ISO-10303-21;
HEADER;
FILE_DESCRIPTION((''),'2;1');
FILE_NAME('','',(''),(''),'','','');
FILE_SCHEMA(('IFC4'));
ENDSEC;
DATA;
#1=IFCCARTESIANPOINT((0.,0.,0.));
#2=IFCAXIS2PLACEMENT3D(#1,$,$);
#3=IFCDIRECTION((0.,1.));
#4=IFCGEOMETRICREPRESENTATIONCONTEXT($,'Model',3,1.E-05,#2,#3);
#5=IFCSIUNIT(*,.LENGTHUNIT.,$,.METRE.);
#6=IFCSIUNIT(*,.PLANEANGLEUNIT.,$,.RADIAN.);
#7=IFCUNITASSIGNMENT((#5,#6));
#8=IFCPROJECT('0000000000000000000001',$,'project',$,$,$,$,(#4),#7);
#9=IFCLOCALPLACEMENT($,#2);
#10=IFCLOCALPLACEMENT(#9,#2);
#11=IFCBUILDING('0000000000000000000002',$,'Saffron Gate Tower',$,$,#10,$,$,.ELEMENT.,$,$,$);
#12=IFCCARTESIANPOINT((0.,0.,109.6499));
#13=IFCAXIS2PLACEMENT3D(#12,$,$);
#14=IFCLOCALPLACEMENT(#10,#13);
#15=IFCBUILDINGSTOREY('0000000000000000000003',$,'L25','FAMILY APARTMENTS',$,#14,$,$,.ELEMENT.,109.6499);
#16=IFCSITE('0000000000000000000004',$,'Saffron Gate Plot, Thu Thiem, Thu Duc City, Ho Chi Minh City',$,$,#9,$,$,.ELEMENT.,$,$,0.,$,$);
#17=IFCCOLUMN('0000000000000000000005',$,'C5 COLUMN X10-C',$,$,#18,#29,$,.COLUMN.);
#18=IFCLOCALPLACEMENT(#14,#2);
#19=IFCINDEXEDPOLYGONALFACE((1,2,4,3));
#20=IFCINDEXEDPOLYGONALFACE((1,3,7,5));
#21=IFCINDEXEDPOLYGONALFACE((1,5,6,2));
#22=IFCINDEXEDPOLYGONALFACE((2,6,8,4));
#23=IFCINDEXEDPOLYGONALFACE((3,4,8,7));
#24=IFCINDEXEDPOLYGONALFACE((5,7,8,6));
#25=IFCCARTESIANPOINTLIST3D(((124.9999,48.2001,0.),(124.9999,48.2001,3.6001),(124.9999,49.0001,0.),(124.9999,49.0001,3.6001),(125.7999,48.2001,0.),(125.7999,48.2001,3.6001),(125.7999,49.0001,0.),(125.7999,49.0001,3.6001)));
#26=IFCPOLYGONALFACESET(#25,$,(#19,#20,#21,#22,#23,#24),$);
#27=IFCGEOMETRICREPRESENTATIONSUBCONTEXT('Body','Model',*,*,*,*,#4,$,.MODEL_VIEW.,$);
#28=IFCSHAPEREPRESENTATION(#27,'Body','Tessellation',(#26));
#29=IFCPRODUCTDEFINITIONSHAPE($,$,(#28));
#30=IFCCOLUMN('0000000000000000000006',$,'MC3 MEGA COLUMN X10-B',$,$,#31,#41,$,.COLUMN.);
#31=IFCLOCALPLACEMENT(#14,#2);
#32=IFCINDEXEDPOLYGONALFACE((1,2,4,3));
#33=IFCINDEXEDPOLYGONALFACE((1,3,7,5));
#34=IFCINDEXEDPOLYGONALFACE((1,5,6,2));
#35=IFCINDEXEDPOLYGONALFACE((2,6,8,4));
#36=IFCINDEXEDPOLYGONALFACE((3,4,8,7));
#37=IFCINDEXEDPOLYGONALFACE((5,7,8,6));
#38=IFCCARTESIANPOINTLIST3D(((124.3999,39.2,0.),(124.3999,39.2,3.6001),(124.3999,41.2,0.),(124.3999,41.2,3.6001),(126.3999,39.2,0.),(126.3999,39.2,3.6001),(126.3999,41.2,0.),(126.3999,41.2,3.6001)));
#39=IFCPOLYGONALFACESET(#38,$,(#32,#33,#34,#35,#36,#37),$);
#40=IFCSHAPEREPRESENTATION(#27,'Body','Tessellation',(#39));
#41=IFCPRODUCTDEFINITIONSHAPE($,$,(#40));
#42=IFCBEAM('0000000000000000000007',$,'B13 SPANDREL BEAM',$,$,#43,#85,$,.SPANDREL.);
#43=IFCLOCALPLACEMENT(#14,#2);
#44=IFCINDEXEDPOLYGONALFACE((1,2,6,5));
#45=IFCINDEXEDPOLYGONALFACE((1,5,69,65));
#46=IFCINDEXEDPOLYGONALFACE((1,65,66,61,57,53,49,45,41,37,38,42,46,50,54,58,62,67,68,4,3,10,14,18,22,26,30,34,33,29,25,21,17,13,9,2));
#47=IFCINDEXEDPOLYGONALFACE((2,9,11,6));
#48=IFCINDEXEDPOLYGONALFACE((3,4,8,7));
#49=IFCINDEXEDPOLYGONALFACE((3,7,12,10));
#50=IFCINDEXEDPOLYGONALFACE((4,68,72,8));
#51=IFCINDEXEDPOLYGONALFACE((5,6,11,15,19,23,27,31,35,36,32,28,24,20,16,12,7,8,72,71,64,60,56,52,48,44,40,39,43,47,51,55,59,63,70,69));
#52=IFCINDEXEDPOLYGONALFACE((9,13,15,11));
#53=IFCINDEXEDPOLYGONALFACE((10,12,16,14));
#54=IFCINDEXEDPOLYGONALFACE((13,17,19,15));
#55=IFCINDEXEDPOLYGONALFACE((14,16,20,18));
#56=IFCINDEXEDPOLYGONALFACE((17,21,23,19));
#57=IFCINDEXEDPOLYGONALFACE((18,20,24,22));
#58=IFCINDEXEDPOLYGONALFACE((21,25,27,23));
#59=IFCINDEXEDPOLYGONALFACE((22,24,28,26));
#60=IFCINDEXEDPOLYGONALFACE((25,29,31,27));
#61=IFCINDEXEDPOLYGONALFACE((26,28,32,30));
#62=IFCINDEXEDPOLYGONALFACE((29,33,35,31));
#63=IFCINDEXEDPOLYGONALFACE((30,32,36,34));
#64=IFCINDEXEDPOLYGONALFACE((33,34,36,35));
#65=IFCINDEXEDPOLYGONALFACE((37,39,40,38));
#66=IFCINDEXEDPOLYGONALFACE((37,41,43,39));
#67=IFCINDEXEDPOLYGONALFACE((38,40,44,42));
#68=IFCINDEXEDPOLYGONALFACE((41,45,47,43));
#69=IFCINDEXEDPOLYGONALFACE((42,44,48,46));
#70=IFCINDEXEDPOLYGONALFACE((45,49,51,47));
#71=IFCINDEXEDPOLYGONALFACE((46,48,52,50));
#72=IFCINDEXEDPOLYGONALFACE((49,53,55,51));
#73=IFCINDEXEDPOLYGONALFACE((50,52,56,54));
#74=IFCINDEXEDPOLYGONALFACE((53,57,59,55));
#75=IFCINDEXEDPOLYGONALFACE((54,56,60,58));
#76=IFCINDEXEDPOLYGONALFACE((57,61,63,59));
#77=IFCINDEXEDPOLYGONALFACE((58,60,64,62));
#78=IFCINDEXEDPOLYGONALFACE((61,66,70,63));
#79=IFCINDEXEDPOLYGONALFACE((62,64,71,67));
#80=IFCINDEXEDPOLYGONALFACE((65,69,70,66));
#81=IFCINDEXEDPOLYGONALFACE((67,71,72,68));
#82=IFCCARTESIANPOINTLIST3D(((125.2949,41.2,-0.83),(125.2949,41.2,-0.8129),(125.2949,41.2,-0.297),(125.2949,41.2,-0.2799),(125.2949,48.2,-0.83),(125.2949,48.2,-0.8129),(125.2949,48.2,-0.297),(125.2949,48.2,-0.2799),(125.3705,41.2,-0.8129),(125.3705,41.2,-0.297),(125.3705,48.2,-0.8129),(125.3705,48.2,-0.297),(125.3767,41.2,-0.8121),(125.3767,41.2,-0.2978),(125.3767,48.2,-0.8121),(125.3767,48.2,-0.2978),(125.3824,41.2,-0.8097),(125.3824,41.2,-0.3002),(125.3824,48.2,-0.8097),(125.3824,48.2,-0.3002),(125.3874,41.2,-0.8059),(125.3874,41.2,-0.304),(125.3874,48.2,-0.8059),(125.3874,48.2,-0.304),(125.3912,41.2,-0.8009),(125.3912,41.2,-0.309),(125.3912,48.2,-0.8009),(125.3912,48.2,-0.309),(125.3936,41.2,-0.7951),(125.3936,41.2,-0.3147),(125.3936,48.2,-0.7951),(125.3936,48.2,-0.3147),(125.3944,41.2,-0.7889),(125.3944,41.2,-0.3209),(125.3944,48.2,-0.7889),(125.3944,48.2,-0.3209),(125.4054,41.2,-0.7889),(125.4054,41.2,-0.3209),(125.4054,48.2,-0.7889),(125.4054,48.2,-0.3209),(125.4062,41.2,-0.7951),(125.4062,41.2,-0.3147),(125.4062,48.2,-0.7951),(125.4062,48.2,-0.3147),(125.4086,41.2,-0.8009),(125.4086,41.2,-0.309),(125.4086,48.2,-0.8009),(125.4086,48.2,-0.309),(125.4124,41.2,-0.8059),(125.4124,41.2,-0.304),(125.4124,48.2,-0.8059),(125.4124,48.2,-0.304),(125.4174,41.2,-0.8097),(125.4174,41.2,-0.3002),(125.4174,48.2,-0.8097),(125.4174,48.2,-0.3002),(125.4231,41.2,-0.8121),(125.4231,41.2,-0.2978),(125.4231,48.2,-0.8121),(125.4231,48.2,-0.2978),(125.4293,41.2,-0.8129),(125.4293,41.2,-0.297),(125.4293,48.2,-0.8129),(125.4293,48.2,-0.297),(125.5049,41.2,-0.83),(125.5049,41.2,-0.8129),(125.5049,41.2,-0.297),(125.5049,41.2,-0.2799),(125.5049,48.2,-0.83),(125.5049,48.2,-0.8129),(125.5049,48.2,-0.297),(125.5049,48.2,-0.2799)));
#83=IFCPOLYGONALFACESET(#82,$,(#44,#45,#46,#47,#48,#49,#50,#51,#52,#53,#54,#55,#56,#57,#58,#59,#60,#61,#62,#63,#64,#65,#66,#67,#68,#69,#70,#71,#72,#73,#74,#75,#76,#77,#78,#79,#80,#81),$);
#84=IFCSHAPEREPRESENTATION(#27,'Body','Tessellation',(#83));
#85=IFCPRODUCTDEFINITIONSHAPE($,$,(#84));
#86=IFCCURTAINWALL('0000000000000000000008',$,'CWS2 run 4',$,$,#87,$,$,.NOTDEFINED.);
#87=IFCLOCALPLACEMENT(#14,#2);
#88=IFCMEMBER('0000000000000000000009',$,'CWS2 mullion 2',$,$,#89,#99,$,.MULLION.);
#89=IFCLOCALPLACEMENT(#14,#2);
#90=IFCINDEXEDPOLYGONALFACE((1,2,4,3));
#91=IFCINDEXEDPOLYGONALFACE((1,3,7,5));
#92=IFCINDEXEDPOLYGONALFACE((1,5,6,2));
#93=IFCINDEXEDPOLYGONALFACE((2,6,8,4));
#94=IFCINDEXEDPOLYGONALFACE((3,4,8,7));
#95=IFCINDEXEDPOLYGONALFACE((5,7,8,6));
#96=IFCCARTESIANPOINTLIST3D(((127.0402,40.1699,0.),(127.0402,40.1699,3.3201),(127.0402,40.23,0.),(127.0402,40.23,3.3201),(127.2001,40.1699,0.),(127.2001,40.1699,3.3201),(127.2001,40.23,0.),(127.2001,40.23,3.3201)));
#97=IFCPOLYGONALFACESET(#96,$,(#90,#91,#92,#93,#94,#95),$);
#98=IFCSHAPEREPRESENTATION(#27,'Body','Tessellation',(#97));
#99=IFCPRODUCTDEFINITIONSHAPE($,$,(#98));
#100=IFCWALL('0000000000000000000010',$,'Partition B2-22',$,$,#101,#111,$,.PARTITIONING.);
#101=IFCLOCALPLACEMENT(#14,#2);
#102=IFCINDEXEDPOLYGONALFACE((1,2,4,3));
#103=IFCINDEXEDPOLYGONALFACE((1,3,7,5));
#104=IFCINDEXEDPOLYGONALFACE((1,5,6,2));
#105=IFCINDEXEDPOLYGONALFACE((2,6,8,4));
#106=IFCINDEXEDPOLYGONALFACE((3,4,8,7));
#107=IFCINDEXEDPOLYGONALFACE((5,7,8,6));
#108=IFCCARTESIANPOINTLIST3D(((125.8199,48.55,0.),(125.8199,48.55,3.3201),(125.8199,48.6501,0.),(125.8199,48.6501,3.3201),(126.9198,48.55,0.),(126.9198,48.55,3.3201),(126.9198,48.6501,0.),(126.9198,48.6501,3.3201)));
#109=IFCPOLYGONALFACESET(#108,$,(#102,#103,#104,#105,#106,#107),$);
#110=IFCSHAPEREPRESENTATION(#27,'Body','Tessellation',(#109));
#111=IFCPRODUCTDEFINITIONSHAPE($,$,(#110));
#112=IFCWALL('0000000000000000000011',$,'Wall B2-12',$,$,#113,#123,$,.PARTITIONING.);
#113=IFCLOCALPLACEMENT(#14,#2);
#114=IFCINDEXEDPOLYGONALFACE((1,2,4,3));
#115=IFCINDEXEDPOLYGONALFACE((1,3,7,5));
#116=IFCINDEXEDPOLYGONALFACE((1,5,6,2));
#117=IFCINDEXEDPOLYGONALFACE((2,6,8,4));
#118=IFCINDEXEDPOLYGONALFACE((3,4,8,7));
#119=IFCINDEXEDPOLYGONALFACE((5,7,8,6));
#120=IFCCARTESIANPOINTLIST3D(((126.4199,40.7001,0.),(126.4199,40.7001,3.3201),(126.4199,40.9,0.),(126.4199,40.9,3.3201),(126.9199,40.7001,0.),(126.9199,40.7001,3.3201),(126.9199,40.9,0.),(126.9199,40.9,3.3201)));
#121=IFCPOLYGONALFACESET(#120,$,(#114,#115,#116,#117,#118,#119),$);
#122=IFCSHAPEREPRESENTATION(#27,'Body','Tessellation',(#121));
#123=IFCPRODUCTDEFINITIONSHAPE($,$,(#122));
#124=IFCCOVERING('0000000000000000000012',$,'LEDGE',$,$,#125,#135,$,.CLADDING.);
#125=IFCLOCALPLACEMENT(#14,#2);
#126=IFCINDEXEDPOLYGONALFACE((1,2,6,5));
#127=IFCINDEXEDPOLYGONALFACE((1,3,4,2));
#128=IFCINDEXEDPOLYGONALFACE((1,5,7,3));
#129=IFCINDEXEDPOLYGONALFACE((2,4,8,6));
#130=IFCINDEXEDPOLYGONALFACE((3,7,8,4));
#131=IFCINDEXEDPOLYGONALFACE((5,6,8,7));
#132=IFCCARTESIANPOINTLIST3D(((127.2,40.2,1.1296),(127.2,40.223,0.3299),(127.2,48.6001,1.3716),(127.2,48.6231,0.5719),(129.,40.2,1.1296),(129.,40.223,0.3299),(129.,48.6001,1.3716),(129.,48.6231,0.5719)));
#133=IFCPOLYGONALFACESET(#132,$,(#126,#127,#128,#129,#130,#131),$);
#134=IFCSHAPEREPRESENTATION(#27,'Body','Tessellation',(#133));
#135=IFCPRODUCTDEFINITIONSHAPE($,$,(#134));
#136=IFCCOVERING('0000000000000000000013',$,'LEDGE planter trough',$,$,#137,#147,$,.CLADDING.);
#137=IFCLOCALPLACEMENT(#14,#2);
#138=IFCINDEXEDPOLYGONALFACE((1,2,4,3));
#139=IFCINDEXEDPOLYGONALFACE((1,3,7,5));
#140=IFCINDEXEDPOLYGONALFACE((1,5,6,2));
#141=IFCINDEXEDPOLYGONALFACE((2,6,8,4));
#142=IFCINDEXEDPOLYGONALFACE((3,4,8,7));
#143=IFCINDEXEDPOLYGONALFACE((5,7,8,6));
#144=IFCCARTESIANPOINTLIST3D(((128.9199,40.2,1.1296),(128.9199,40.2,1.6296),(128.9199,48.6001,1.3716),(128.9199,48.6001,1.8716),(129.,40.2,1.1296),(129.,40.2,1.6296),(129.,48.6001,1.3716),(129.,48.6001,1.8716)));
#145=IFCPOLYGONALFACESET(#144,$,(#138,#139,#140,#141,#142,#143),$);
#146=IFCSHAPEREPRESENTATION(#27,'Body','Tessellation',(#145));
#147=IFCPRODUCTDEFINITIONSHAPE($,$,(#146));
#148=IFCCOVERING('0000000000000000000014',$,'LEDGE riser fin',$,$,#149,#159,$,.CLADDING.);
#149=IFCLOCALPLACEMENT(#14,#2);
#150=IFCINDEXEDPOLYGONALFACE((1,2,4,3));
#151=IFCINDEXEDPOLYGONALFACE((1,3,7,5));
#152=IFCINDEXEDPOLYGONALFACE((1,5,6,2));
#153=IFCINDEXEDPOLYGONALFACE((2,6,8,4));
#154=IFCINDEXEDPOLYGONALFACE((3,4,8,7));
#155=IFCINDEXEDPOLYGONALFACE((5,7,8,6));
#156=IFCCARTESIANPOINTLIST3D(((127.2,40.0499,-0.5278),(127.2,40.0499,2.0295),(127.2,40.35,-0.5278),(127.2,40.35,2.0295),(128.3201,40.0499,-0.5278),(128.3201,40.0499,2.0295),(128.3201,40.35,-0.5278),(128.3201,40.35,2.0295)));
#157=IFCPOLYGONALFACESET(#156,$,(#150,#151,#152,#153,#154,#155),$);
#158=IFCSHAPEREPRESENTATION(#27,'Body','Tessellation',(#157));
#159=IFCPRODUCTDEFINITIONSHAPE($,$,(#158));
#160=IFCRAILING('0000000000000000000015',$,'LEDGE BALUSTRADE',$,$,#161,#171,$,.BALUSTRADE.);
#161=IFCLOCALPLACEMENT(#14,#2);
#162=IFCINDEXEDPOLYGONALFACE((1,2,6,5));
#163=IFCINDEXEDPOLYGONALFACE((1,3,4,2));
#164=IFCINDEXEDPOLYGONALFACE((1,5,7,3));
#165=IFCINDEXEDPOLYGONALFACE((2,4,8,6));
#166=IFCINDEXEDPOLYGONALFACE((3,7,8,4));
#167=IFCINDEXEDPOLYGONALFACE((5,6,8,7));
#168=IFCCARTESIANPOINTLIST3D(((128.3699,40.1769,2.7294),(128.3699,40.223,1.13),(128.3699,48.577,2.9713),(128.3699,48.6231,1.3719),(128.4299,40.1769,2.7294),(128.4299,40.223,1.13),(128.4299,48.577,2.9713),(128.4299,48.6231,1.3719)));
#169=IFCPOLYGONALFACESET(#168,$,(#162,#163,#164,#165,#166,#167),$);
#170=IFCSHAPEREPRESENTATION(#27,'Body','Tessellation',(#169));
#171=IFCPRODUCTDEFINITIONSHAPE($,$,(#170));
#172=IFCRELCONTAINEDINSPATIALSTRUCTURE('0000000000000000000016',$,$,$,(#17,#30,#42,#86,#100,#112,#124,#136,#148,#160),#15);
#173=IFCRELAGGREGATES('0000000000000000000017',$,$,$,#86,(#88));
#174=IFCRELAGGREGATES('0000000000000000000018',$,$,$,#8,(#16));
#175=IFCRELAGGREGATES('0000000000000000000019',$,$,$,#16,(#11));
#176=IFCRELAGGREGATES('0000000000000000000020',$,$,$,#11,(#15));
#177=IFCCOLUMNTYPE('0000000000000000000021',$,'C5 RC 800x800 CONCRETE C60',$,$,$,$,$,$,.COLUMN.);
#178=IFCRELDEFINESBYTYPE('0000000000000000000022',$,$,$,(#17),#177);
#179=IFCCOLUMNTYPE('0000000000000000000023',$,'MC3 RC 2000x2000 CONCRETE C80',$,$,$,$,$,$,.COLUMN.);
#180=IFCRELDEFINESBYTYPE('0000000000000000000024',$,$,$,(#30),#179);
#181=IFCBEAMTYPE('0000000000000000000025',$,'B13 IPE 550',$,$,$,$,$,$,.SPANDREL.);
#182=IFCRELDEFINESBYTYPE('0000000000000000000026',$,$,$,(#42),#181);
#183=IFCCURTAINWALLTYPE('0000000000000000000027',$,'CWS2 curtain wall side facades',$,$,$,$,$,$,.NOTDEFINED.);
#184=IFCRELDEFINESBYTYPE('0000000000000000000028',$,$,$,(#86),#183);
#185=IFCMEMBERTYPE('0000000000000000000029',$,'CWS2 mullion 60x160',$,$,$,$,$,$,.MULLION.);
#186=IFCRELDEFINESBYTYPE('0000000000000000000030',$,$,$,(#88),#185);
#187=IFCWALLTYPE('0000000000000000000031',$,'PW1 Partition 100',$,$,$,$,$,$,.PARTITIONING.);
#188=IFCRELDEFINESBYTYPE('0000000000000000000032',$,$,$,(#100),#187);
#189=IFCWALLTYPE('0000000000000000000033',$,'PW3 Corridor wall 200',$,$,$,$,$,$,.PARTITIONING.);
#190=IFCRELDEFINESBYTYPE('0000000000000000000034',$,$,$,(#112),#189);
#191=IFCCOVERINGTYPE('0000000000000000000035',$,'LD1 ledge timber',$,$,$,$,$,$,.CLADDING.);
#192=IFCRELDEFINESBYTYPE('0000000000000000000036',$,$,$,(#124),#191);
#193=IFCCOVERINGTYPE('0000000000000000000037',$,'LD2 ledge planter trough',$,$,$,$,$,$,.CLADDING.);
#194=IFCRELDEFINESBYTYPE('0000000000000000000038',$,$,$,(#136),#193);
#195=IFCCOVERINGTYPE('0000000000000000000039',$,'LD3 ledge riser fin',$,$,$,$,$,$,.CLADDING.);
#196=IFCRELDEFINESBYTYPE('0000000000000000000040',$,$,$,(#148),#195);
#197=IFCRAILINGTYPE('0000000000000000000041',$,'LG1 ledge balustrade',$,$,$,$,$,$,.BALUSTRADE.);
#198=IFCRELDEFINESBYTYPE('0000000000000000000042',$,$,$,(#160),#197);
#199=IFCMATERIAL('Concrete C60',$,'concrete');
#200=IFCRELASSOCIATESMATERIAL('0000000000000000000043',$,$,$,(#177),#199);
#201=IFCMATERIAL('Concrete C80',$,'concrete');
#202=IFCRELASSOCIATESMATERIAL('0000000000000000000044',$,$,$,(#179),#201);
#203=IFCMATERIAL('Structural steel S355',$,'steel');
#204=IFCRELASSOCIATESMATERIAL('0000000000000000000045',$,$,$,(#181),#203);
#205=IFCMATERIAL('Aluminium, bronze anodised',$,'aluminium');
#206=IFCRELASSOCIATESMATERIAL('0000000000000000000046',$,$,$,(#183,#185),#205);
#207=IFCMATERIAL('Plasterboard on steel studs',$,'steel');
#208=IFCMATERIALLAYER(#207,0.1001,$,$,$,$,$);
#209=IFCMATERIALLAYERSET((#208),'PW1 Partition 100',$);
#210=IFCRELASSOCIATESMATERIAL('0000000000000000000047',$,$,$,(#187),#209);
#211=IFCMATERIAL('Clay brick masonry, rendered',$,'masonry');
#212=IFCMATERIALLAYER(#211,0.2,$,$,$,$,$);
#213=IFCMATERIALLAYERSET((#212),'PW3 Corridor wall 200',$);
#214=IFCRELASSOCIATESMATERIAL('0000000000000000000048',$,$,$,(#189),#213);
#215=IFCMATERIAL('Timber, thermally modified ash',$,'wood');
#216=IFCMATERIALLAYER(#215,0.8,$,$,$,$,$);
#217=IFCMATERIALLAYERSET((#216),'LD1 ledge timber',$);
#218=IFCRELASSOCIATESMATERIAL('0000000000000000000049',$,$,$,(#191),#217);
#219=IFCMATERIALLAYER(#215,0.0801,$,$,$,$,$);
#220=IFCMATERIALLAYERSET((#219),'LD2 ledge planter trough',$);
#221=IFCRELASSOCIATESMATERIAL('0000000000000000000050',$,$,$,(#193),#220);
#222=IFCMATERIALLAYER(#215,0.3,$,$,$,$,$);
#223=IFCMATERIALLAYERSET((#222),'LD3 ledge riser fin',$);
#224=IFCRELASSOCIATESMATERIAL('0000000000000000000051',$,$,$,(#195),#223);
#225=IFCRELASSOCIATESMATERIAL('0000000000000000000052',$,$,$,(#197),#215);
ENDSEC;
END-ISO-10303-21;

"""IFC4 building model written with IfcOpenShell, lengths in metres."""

from ifc_helpers import new_model, si_unit, direction, frame, frame_2d, origin, origin_2d, place, context, subcontext, project, spatial, polyline, rectangle, i_section, outline, extrude, material, layer, layer_set, material_profile, profile_set, type_object, element, aggregate, save


model = new_model("IFC4")

# Units and contexts
model_context = context("Model", 3, precision=1e-05, world=origin(), true_north=direction((0.0, 1.0)))
body_context = subcontext(model_context, "Body", "Model", "MODEL_VIEW")
ifc_project = project(units=[si_unit("LENGTHUNIT", "METRE"), si_unit("PLANEANGLEUNIT", "RADIAN")], contexts=[model_context])

# Site, building, storey
site_placement = place(None, origin())
site = spatial("IfcSite", under=ifc_project, at=site_placement, Name="Saffron Gate Plot, Thu Thiem, Thu Duc City, Ho Chi Minh City", CompositionType="ELEMENT", RefElevation=0.0)
building_placement = place(site_placement, origin())
building = spatial("IfcBuilding", under=site, at=building_placement, Name="Saffron Gate Tower", CompositionType="ELEMENT")
storey_placement = place(building_placement, frame((0.0, 0.0, 109.6499)))
storey = spatial("IfcBuildingStorey", under=building, at=storey_placement, Name="L25", Description="FAMILY APARTMENTS", CompositionType="ELEMENT", Elevation=109.6499)

# Columns
ifc_material_1 = material(Name="Concrete C60", Category="concrete")
ifc_material_profile_1 = material_profile(ifc_material_1, rectangle(XDim=0.8, YDim=0.8, at=origin_2d()))
ifc_profile_set_1 = profile_set([ifc_material_profile_1], Name="Concrete C60")
column_type_1 = type_object("IfcColumnType", Name="C5 RC 800x800 CONCRETE C60", PredefinedType="COLUMN", material=ifc_profile_set_1)
column_1_placement = place(storey_placement, frame((125.3999, 48.6001, 0.0), z_axis=(0.0, 0.0, 1.0), x_axis=(1.0, 0.0, 0.0)))
element("IfcColumn", 1, at=column_1_placement, inside=storey, type_object=column_type_1, Name="C5 COLUMN X10-C", PredefinedType="COLUMN", context=body_context, shape_type="SweptSolid", body=[
    extrude(rectangle(XDim=0.8, YDim=0.8, at=origin_2d()), origin(), (0.0, 0.0, 1.0), 3.6001),
])
ifc_material_2 = material(Name="Concrete C80", Category="concrete")
ifc_material_profile_2 = material_profile(ifc_material_2, rectangle(XDim=2.0, YDim=2.0, at=origin_2d()))
ifc_profile_set_2 = profile_set([ifc_material_profile_2], Name="Concrete C80")
column_type_2 = type_object("IfcColumnType", Name="MC3 RC 2000x2000 CONCRETE C80", PredefinedType="COLUMN", material=ifc_profile_set_2)
column_2_placement = place(storey_placement, frame((125.3999, 40.2, 0.0), z_axis=(0.0, 0.0, 1.0), x_axis=(1.0, 0.0, 0.0)))
element("IfcColumn", 2, at=column_2_placement, inside=storey, type_object=column_type_2, Name="MC3 MEGA COLUMN X10-B", PredefinedType="COLUMN", context=body_context, shape_type="SweptSolid", body=[
    extrude(rectangle(XDim=2.0, YDim=2.0, at=origin_2d()), origin(), (0.0, 0.0, 1.0), 3.6001),
])

# Beam
ifc_material_3 = material(Name="Structural steel S355", Category="steel")
ifc_material_profile_3 = material_profile(ifc_material_3, i_section(OverallWidth=0.21, OverallDepth=0.55, WebThickness=0.011, FlangeThickness=0.0171, FilletRadius=0.0239, at=origin_2d()))
ifc_profile_set_3 = profile_set([ifc_material_profile_3], Name="Structural steel S355")
beam_type = type_object("IfcBeamType", Name="B13 IPE 550", PredefinedType="SPANDREL", material=ifc_profile_set_3)
beam_placement = place(storey_placement, frame((125.3999, 41.2, -0.5549), z_axis=(0.0, 1.0, 0.0), x_axis=(-1.0, 0.0, 0.0)))
element("IfcBeam", 3, at=beam_placement, inside=storey, type_object=beam_type, Name="B13 SPANDREL BEAM", PredefinedType="SPANDREL", context=body_context, shape_type="SweptSolid", body=[
    extrude(i_section(OverallWidth=0.21, OverallDepth=0.55, WebThickness=0.011, FlangeThickness=0.0171, FilletRadius=0.0239, at=origin_2d()), origin(), (0.0, 0.0, 1.0), 7.0),
])

# Curtain wall, member
ifc_material_4 = material(Name="Aluminium, bronze anodised", Category="aluminium")
curtain_wall_type = type_object("IfcCurtainWallType", Name="CWS2 curtain wall side facades", PredefinedType="NOTDEFINED", material=ifc_material_4)
curtain_wall_placement = place(storey_placement, origin())
curtain_wall = element("IfcCurtainWall", 4, at=curtain_wall_placement, inside=storey, type_object=curtain_wall_type, Name="CWS2 run 4", PredefinedType="NOTDEFINED")
ifc_material_profile_4 = material_profile(ifc_material_4, rectangle(XDim=0.1599, YDim=0.0601, at=origin_2d()))
ifc_profile_set_4 = profile_set([ifc_material_profile_4], Name="Aluminium, bronze anodised")
member_type = type_object("IfcMemberType", Name="CWS2 mullion 60x160", PredefinedType="MULLION", material=ifc_profile_set_4)
member_placement = place(storey_placement, frame((127.1201, 40.2, 0.0), z_axis=(0.0, 0.0, 1.0), x_axis=(-1.0, 0.0, 0.0)))
member = element("IfcMember", 5, at=member_placement, type_object=member_type, Name="CWS2 mullion 2", PredefinedType="MULLION", context=body_context, shape_type="SweptSolid", body=[
    extrude(rectangle(XDim=0.1599, YDim=0.0601, at=origin_2d()), origin(), (0.0, 0.0, 1.0), 3.3201),
])
aggregate(curtain_wall, [member])

# Walls
ifc_material_5 = material(Name="Plasterboard on steel studs", Category="steel")
ifc_layer_1 = layer(ifc_material_5, 0.1001)
ifc_layer_set_1 = layer_set([ifc_layer_1], Name="PW1 Partition 100")
wall_type_1 = type_object("IfcWallType", Name="PW1 Partition 100", PredefinedType="PARTITIONING", material=ifc_layer_set_1)
wall_1_placement = place(storey_placement, frame((125.8201, 48.6001, 0.0), z_axis=(0.0, 0.0, 1.0), x_axis=(1.0, 0.0, 0.0)))
element("IfcWall", 6, at=wall_1_placement, inside=storey, type_object=wall_type_1, Name="Partition B2-22", PredefinedType="PARTITIONING", context=body_context, shape_type="SweptSolid", body=[
    extrude(rectangle(XDim=1.0999, YDim=0.1001, at=frame_2d((0.5498, 0.0))), origin(), (0.0, 0.0, 1.0), 3.3201),
])
ifc_material_6 = material(Name="Clay brick masonry, rendered", Category="masonry")
ifc_layer_2 = layer(ifc_material_6, 0.2)
ifc_layer_set_2 = layer_set([ifc_layer_2], Name="PW3 Corridor wall 200")
wall_type_2 = type_object("IfcWallType", Name="PW3 Corridor wall 200", PredefinedType="PARTITIONING", material=ifc_layer_set_2)
wall_2_placement = place(storey_placement, frame((126.4199, 40.8, 0.0), z_axis=(0.0, 0.0, 1.0), x_axis=(1.0, 0.0, 0.0)))
element("IfcWall", 7, at=wall_2_placement, inside=storey, type_object=wall_type_2, Name="Wall B2-12", PredefinedType="PARTITIONING", context=body_context, shape_type="SweptSolid", body=[
    extrude(rectangle(XDim=0.5, YDim=0.2, at=frame_2d((0.25, 0.0))), origin(), (0.0, 0.0, 1.0), 3.3201),
])

# Coverings
ifc_material_7 = material(Name="Timber, thermally modified ash", Category="wood")
ifc_layer_3 = layer(ifc_material_7, 0.8)
ifc_layer_set_3 = layer_set([ifc_layer_3], Name="LD1 ledge timber")
covering_type_1 = type_object("IfcCoveringType", Name="LD1 ledge timber", PredefinedType="CLADDING", material=ifc_layer_set_3)
covering_1_placement = place(storey_placement, frame((127.2, 40.2, 1.1296), z_axis=(0.0, -0.02879, 0.999585), x_axis=(0.0, 0.999585, 0.02879)))
element("IfcCovering", 8, at=covering_1_placement, inside=storey, type_object=covering_type_1, Name="LEDGE", PredefinedType="CLADDING", context=body_context, shape_type="SweptSolid", body=[
    extrude(outline(polyline([(0.0, 0.0), (8.4036, 0.0), (8.4036, -1.8), (0.0, -1.8), (0.0, 0.0)])), origin(), (0.0, 0.0, -1.0), 0.8),
])
ifc_layer_4 = layer(ifc_material_7, 0.0801)
ifc_layer_set_4 = layer_set([ifc_layer_4], Name="LD2 ledge planter trough")
covering_type_2 = type_object("IfcCoveringType", Name="LD2 ledge planter trough", PredefinedType="CLADDING", material=ifc_layer_set_4)
covering_2_placement = place(storey_placement, frame((129.0, 40.2, 1.1296), z_axis=(1.0, 0.0, 0.0), x_axis=(0.0, 0.999585, 0.02879)))
element("IfcCovering", 9, at=covering_2_placement, inside=storey, type_object=covering_type_2, Name="LEDGE planter trough", PredefinedType="CLADDING", context=body_context, shape_type="SweptSolid", body=[
    extrude(outline(polyline([(0.0, 0.0), (8.4036, 0.0), (8.418, 0.4998), (0.0144, 0.4998), (0.0, 0.0)])), origin(), (0.0, 0.0, -1.0), 0.0801),
])
ifc_layer_5 = layer(ifc_material_7, 0.3)
ifc_layer_set_5 = layer_set([ifc_layer_5], Name="LD3 ledge riser fin")
covering_type_3 = type_object("IfcCoveringType", Name="LD3 ledge riser fin", PredefinedType="CLADDING", material=ifc_layer_set_5)
covering_3_placement = place(storey_placement, frame((127.76, 40.2, -0.5278), z_axis=(0.0, 0.0, 1.0), x_axis=(0.0, 1.0, 0.0)))
element("IfcCovering", 10, at=covering_3_placement, inside=storey, type_object=covering_type_3, Name="LEDGE riser fin", PredefinedType="CLADDING", context=body_context, shape_type="SweptSolid", body=[
    extrude(rectangle(XDim=0.3, YDim=1.1201, at=origin_2d()), origin(), (0.0, 0.0, 1.0), 2.5574),
])

# Railing
railing_type = type_object("IfcRailingType", Name="LG1 ledge balustrade", PredefinedType="BALUSTRADE", material=ifc_material_7)
railing_1_placement = place(storey_placement, frame((128.3999, 40.2, 1.1296)))
element("IfcRailing", 11, at=railing_1_placement, inside=storey, type_object=railing_type, Name="LEDGE BALUSTRADE", PredefinedType="BALUSTRADE", context=body_context, shape_type="SweptSolid", body=[
    extrude(rectangle(XDim=0.0601, YDim=1.6001, at=origin_2d()), frame((0.0, 0.0, 0.8), z_axis=(0.0, 0.999585, 0.02879), x_axis=(-1.0, 0.0, 0.0)), (0.0, 0.0, 1.0), 8.4036),
])

save(model, "model.ifc")
